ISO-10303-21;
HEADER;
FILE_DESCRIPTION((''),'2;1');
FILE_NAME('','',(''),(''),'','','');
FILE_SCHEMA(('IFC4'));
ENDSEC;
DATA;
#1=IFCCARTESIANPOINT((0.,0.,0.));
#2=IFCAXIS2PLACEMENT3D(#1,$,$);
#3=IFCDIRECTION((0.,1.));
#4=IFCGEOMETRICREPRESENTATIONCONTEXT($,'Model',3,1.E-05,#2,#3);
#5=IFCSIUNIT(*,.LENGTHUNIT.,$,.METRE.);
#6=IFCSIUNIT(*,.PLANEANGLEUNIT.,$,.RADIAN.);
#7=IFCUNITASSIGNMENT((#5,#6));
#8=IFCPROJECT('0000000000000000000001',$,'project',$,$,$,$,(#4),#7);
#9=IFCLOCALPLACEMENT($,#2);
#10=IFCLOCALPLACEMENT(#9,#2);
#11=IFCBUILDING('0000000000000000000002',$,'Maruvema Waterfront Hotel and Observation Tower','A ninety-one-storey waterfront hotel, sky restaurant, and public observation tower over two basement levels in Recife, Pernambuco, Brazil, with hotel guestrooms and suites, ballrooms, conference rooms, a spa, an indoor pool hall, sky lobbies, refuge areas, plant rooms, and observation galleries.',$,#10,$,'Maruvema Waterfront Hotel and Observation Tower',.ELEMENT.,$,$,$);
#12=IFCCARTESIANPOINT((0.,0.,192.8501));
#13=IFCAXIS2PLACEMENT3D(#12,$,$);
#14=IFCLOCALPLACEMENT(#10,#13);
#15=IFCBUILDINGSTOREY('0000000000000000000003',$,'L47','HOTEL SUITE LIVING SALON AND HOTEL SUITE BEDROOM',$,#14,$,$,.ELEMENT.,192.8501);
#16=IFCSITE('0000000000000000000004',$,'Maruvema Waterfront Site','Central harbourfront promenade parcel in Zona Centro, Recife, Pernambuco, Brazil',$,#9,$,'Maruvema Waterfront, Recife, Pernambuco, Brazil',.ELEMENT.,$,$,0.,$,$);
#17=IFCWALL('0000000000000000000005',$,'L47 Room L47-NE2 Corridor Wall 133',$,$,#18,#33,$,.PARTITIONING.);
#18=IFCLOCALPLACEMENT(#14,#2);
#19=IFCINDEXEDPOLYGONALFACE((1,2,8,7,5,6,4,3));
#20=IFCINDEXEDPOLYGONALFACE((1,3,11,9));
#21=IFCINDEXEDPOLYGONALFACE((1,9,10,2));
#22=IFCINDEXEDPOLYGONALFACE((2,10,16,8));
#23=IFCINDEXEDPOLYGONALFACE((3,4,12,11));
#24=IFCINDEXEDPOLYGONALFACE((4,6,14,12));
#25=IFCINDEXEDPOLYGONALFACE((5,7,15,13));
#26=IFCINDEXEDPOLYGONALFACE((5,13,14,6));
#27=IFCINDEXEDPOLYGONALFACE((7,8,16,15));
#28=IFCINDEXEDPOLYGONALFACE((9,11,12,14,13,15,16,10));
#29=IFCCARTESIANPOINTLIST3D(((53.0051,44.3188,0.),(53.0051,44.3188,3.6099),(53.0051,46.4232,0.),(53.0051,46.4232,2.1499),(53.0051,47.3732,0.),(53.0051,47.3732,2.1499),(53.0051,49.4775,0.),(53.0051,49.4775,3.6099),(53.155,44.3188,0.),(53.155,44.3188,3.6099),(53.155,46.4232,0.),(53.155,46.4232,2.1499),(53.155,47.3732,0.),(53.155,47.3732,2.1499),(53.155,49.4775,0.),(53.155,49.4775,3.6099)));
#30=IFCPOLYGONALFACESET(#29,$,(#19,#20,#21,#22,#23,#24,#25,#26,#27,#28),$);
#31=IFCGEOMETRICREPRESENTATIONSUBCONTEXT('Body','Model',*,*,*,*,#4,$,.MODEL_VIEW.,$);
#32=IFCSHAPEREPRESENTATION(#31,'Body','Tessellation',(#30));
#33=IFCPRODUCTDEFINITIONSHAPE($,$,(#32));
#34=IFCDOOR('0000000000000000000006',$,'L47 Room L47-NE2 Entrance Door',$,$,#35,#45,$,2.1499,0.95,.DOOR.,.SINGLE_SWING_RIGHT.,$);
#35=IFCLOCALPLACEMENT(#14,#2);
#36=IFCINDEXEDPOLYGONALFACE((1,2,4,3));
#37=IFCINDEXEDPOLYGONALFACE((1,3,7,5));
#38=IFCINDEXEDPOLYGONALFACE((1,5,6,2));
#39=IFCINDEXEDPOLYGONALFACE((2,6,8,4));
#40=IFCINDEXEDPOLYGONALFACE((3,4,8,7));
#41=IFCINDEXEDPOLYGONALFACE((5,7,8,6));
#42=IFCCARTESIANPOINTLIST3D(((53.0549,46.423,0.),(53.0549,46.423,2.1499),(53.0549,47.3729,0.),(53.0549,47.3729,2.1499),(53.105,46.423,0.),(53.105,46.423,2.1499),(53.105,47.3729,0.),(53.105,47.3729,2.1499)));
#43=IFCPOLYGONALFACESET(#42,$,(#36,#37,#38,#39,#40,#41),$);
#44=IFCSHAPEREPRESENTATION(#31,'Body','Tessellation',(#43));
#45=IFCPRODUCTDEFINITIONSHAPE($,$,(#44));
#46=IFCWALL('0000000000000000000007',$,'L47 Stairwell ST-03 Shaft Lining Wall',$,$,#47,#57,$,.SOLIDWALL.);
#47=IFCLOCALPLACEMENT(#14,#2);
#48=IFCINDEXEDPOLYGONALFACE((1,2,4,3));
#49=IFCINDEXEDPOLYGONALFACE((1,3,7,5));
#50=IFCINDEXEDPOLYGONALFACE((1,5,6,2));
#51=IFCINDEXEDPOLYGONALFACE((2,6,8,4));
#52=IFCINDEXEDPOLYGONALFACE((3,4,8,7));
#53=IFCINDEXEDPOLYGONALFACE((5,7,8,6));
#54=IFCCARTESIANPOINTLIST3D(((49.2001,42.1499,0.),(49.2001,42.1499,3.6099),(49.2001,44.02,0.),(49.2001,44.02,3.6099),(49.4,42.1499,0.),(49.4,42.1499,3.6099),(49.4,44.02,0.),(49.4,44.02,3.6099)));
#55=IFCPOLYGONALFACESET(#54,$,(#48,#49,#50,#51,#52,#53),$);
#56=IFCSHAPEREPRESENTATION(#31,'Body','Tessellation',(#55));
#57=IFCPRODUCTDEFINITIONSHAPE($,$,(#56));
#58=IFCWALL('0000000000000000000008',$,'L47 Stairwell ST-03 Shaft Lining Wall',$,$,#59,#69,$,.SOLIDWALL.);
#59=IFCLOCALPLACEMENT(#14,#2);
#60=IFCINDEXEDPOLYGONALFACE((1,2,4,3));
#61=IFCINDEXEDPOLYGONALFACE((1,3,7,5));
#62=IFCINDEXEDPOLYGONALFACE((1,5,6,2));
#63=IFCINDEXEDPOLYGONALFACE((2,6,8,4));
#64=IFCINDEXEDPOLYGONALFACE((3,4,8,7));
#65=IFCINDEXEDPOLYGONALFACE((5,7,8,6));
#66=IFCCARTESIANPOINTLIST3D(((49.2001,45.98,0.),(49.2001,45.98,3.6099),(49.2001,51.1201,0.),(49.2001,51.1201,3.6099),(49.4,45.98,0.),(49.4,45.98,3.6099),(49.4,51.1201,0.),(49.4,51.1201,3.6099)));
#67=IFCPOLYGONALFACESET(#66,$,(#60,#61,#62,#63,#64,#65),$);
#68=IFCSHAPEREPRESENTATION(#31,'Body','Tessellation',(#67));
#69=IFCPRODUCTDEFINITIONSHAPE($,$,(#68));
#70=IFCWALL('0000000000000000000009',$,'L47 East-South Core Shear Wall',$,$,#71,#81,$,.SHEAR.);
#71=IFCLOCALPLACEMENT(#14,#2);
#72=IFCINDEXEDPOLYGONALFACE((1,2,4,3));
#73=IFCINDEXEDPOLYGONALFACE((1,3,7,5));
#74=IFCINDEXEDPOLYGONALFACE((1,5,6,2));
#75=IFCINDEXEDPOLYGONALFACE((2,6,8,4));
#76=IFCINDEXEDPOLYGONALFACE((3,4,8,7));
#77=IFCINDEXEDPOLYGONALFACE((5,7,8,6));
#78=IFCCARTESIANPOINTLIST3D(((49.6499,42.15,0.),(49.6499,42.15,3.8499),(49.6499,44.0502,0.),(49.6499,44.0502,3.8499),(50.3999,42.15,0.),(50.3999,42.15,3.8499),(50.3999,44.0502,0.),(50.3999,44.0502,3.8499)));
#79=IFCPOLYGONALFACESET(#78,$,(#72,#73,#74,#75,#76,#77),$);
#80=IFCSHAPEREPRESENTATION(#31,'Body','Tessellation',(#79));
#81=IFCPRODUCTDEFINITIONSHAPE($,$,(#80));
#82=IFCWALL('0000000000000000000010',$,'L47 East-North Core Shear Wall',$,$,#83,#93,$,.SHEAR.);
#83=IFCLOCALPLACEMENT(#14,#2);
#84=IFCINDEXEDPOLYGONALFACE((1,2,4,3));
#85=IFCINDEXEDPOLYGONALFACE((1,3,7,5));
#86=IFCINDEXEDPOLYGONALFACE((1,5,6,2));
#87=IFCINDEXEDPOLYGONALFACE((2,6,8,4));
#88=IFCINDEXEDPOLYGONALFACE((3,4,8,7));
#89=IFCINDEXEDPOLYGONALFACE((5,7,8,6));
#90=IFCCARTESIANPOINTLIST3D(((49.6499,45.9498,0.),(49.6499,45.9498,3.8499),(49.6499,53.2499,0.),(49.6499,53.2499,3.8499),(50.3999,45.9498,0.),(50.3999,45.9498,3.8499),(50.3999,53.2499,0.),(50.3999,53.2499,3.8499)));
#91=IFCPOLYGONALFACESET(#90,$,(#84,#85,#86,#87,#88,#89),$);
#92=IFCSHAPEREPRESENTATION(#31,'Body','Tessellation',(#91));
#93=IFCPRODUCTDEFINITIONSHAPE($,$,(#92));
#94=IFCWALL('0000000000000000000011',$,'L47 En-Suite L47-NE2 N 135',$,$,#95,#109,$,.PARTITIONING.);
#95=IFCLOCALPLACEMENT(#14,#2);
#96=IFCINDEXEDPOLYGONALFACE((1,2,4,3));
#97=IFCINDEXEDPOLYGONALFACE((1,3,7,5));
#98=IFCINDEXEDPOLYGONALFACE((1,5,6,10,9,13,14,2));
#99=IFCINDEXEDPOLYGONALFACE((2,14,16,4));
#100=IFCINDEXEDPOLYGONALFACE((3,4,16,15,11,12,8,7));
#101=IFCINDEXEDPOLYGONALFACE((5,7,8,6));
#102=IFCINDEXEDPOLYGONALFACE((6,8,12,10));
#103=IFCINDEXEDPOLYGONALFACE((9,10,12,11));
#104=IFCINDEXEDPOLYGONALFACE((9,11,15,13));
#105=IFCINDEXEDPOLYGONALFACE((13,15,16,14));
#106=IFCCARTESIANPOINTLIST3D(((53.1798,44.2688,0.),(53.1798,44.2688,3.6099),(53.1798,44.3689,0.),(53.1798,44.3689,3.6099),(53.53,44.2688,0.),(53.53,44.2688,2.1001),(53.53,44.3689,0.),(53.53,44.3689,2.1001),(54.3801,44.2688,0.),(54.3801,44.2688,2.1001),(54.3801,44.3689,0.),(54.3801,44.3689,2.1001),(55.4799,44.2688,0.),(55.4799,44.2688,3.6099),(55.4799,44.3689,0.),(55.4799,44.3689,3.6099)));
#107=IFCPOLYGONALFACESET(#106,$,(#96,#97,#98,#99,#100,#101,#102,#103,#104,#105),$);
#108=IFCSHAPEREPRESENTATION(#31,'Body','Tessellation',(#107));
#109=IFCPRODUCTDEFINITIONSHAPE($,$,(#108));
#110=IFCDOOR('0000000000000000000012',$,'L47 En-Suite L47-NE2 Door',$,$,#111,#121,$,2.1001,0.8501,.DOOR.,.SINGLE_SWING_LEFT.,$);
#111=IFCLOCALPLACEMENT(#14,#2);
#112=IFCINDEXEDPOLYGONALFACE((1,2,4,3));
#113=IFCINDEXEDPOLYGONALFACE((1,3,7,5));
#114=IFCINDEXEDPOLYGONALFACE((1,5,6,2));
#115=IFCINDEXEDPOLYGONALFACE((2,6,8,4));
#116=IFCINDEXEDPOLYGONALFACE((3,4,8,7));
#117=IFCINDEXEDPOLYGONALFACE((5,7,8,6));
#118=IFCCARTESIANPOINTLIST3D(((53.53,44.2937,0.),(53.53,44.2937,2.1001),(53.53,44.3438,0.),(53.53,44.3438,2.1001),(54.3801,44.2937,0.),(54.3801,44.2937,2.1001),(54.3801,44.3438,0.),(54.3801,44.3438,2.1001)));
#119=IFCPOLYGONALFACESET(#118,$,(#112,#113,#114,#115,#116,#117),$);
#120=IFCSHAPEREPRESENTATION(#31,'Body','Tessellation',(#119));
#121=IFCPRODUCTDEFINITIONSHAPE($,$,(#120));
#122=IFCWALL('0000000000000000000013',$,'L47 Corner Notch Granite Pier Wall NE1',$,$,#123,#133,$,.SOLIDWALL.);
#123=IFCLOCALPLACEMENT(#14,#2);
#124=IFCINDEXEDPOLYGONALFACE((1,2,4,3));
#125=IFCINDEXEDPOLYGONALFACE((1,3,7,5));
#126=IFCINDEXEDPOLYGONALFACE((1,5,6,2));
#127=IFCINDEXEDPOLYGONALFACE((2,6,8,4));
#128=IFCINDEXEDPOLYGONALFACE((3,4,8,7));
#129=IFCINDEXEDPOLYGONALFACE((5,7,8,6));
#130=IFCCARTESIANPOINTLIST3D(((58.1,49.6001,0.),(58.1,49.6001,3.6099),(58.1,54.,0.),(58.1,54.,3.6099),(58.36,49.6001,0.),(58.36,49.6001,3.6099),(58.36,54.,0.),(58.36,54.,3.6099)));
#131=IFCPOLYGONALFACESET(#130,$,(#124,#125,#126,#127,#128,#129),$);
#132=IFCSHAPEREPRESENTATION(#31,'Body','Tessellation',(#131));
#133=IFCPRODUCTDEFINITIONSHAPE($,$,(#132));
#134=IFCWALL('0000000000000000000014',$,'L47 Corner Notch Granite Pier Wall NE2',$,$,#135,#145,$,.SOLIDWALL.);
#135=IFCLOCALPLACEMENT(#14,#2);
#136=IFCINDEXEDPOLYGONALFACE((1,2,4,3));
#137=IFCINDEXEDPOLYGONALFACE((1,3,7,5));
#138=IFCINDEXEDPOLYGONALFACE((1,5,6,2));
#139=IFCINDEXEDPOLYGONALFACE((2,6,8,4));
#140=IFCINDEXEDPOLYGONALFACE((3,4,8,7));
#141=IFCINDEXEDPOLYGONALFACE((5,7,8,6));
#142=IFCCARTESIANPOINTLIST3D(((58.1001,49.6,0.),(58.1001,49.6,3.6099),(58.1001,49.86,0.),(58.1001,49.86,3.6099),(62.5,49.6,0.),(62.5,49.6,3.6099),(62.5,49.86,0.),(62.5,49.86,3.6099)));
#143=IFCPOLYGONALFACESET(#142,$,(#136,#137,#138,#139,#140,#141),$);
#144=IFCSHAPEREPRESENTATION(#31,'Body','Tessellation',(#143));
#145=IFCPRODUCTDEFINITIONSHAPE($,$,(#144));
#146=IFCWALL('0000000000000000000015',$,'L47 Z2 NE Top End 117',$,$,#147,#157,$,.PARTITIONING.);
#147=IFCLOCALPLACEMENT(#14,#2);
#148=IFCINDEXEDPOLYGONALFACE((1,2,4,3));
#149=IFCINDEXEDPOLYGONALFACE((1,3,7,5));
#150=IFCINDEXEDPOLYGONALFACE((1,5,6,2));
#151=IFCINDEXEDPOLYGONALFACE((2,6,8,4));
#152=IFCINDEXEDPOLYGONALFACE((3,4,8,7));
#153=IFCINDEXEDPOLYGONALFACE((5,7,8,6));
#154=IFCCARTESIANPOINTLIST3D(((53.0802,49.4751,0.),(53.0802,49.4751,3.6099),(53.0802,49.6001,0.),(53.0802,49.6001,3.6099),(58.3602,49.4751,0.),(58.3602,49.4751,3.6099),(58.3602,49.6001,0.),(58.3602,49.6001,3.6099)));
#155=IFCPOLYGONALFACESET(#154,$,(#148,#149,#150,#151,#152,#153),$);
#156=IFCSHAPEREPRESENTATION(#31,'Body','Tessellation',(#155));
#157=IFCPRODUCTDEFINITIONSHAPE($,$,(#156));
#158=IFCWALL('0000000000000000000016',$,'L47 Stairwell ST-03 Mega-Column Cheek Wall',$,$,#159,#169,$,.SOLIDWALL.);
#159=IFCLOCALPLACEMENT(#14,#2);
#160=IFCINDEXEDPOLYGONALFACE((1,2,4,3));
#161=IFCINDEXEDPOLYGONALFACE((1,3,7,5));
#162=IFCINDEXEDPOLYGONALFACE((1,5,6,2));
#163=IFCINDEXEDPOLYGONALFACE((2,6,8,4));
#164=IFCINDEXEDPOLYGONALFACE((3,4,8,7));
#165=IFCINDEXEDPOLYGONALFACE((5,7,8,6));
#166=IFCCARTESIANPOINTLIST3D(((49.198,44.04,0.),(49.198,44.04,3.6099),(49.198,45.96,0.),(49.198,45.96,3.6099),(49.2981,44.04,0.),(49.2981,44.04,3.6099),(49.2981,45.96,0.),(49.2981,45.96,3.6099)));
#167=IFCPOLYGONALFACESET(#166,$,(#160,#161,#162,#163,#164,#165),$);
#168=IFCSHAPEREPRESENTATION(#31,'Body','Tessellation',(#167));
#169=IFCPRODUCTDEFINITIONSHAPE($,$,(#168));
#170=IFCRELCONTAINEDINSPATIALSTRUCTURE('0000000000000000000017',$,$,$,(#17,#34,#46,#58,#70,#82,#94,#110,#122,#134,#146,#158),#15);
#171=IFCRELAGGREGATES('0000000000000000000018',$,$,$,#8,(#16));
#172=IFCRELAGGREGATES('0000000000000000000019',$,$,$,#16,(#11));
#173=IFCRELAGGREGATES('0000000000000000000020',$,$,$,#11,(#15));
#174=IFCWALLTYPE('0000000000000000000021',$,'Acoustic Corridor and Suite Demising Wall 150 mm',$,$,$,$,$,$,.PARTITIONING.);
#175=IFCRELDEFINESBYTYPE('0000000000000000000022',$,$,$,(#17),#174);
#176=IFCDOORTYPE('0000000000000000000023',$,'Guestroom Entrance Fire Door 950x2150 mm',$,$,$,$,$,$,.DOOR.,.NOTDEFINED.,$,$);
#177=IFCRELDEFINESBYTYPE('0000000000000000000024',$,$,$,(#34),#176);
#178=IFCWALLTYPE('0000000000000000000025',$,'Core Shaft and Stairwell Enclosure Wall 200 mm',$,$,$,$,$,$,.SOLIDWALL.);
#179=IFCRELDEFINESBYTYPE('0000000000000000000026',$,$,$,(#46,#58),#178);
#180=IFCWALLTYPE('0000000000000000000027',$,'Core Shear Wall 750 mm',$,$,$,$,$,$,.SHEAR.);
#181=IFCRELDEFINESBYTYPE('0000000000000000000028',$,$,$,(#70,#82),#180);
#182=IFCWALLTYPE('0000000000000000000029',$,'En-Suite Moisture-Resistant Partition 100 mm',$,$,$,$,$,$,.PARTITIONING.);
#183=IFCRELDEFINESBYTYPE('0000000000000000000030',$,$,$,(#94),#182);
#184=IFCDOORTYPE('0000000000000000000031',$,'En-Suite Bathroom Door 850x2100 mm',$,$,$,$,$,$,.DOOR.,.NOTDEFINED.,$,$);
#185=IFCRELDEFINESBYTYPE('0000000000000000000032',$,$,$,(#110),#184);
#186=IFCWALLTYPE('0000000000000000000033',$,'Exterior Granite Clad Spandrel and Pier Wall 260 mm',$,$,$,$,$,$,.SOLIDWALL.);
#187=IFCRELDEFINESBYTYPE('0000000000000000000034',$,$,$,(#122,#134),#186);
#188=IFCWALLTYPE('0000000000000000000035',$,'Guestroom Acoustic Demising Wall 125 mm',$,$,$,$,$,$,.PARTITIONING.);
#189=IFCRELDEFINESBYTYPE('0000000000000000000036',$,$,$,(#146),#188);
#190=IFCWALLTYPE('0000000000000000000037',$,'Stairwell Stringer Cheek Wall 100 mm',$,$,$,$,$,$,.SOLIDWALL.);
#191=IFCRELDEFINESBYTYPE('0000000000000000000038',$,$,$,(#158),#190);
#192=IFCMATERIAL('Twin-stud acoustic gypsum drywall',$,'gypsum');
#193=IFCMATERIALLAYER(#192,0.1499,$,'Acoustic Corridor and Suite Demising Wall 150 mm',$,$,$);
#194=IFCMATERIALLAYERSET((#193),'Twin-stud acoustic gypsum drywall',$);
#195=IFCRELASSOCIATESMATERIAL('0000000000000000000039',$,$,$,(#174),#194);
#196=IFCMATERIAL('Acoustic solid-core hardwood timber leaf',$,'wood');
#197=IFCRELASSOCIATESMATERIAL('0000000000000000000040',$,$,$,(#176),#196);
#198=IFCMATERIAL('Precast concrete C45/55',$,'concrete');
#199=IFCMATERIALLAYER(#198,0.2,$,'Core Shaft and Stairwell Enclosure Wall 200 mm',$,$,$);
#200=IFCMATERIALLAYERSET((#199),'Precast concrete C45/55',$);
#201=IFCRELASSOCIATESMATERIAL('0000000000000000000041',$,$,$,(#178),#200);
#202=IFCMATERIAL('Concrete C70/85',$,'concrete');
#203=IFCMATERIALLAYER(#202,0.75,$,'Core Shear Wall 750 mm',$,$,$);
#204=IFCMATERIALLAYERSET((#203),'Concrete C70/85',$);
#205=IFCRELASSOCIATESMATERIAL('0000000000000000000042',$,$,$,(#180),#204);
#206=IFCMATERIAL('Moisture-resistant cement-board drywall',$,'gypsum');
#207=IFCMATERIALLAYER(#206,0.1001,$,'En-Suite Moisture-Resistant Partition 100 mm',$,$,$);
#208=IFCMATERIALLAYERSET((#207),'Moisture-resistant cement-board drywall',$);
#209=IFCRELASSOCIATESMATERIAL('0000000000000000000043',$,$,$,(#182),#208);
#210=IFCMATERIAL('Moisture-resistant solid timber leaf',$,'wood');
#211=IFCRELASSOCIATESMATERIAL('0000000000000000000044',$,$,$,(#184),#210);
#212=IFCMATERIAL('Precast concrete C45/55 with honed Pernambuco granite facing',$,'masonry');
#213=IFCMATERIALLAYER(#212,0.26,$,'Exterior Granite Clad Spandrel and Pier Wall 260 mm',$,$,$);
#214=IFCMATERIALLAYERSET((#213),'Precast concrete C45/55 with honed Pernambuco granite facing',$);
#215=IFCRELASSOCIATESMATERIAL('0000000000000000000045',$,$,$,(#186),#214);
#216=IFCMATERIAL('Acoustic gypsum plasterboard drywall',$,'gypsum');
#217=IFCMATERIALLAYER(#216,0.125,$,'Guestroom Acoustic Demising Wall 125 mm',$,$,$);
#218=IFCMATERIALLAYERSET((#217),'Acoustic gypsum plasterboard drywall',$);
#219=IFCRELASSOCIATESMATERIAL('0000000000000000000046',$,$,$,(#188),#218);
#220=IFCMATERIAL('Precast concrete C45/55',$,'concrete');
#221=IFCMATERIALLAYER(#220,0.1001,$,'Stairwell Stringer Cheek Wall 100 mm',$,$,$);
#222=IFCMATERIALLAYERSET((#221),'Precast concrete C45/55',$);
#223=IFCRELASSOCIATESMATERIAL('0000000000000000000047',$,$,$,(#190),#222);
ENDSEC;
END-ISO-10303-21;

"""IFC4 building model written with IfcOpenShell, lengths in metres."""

from ifc_helpers import new_model, si_unit, direction, frame, frame_2d, origin, place, context, subcontext, project, spatial, rectangle, extrude, material, layer, layer_set, type_object, element, fill, save


model = new_model("IFC4")

# Units and contexts
model_context = context("Model", 3, precision=1e-05, world=origin(), true_north=direction((0.0, 1.0)))
body_context = subcontext(model_context, "Body", "Model", "MODEL_VIEW")
ifc_project = project(units=[si_unit("LENGTHUNIT", "METRE"), si_unit("PLANEANGLEUNIT", "RADIAN")], contexts=[model_context])

# Site, building, storey
site_placement = place(None, origin())
site = spatial("IfcSite", under=ifc_project, at=site_placement, Name="Maruvema Waterfront Site", Description="Central harbourfront promenade parcel in Zona Centro, Recife, Pernambuco, Brazil", LongName="Maruvema Waterfront, Recife, Pernambuco, Brazil", CompositionType="ELEMENT", RefElevation=0.0)
building_placement = place(site_placement, origin())
building = spatial("IfcBuilding", under=site, at=building_placement, Name="Maruvema Waterfront Hotel and Observation Tower", Description="A ninety-one-storey waterfront hotel, sky restaurant, and public observation tower over two basement levels in Recife, Pernambuco, Brazil, with hotel guestrooms and suites, ballrooms, conference rooms, a spa, an indoor pool hall, sky lobbies, refuge areas, plant rooms, and observation galleries.", LongName="Maruvema Waterfront Hotel and Observation Tower", CompositionType="ELEMENT")
storey_placement = place(building_placement, frame((0.0, 0.0, 192.8501)))
storey = spatial("IfcBuildingStorey", under=building, at=storey_placement, Name="L47", Description="HOTEL SUITE LIVING SALON AND HOTEL SUITE BEDROOM", CompositionType="ELEMENT", Elevation=192.8501)

# Wall, opening, door
ifc_material_1 = material(Name="Twin-stud acoustic gypsum drywall", Category="gypsum")
ifc_layer_1 = layer(ifc_material_1, 0.1499, Name="Acoustic Corridor and Suite Demising Wall 150 mm")
ifc_layer_set_1 = layer_set([ifc_layer_1], Name="Twin-stud acoustic gypsum drywall")
wall_type_1 = type_object("IfcWallType", Name="Acoustic Corridor and Suite Demising Wall 150 mm", PredefinedType="PARTITIONING", material=ifc_layer_set_1)
wall_1_placement = place(storey_placement, frame((53.0801, 44.3188, 0.0), z_axis=(0.0, 0.0, 1.0), x_axis=(0.0, 1.0, 0.0)))
wall_1 = element("IfcWall", 1, at=wall_1_placement, inside=storey, type_object=wall_type_1, Name="L47 Room L47-NE2 Corridor Wall 133", PredefinedType="PARTITIONING", context=body_context, shape_type="SweptSolid", body=[
    extrude(rectangle(XDim=5.1587, YDim=0.1499, at=frame_2d((2.5793, 0.0))), origin(), (0.0, 0.0, 1.0), 3.6099),
])
opening_1_placement = place(wall_1_placement, frame((2.1042, 0.0, 0.0)))
opening_1 = element("IfcOpeningElement", 2, at=opening_1_placement, cuts=wall_1, PredefinedType="OPENING", context=body_context, shape_type="SweptSolid", body=[
    extrude(rectangle(XDim=0.95, YDim=2.1499, at=frame_2d((0.4751, 1.075))), frame((0.0, 0.085, 0.0), z_axis=(0.0, -1.0, 0.0), x_axis=(1.0, 0.0, 0.0)), (0.0, 0.0, 1.0), 0.1699),
])
ifc_material_2 = material(Name="Acoustic solid-core hardwood timber leaf", Category="wood")
door_type_1 = type_object("IfcDoorType", Name="Guestroom Entrance Fire Door 950x2150 mm", OperationType="NOTDEFINED", PredefinedType="DOOR", material=ifc_material_2)
door_1_placement = place(opening_1_placement, frame((0.95, 0.0, 0.0), z_axis=(0.0, 0.0, 1.0), x_axis=(-1.0, 0.0, 0.0)))
door_1 = element("IfcDoor", 3, at=door_1_placement, inside=storey, type_object=door_type_1, Name="L47 Room L47-NE2 Entrance Door", OperationType="SINGLE_SWING_RIGHT", OverallHeight=2.1499, OverallWidth=0.95, PredefinedType="DOOR", context=body_context, shape_type="SweptSolid", body=[
    extrude(rectangle(XDim=0.95, YDim=2.1499, at=frame_2d((0.4751, 1.075))), frame((0.0, 0.0249, 0.0), z_axis=(0.0, -1.0, 0.0), x_axis=(1.0, 0.0, 0.0)), (0.0, 0.0, 1.0), 0.05),
])
fill(opening_1, door_1)

# Walls
ifc_material_3 = material(Name="Precast concrete C45/55", Category="concrete")
ifc_layer_2 = layer(ifc_material_3, 0.2, Name="Core Shaft and Stairwell Enclosure Wall 200 mm")
ifc_layer_set_2 = layer_set([ifc_layer_2], Name="Precast concrete C45/55")
wall_type_2 = type_object("IfcWallType", Name="Core Shaft and Stairwell Enclosure Wall 200 mm", PredefinedType="SOLIDWALL", material=ifc_layer_set_2)
wall_2_placement = place(storey_placement, frame((49.3, 42.1499, 0.0), z_axis=(0.0, 0.0, 1.0), x_axis=(0.0, 1.0, 0.0)))
element("IfcWall", 4, at=wall_2_placement, inside=storey, type_object=wall_type_2, Name="L47 Stairwell ST-03 Shaft Lining Wall", PredefinedType="SOLIDWALL", context=body_context, shape_type="SweptSolid", body=[
    extrude(rectangle(XDim=1.8701, YDim=0.2, at=frame_2d((0.9351, 0.0))), origin(), (0.0, 0.0, 1.0), 3.6099),
])
wall_3_placement = place(storey_placement, frame((49.3, 45.98, 0.0), z_axis=(0.0, 0.0, 1.0), x_axis=(0.0, 1.0, 0.0)))
element("IfcWall", 5, at=wall_3_placement, inside=storey, type_object=wall_type_2, Name="L47 Stairwell ST-03 Shaft Lining Wall", PredefinedType="SOLIDWALL", context=body_context, shape_type="SweptSolid", body=[
    extrude(rectangle(XDim=5.1401, YDim=0.2, at=frame_2d((2.5701, 0.0))), origin(), (0.0, 0.0, 1.0), 3.6099),
])
ifc_material_4 = material(Name="Concrete C70/85", Category="concrete")
ifc_layer_3 = layer(ifc_material_4, 0.75, Name="Core Shear Wall 750 mm")
ifc_layer_set_3 = layer_set([ifc_layer_3], Name="Concrete C70/85")
wall_type_3 = type_object("IfcWallType", Name="Core Shear Wall 750 mm", PredefinedType="SHEAR", material=ifc_layer_set_3)
wall_4_placement = place(storey_placement, frame((50.0249, 42.1499, 0.0), z_axis=(0.0, 0.0, 1.0), x_axis=(0.0, 1.0, 0.0)))
element("IfcWall", 6, at=wall_4_placement, inside=storey, type_object=wall_type_3, Name="L47 East-South Core Shear Wall", PredefinedType="SHEAR", context=body_context, shape_type="SweptSolid", body=[
    extrude(rectangle(XDim=1.9001, YDim=0.75, at=frame_2d((0.9502, 0.0))), origin(), (0.0, 0.0, 1.0), 3.8499),
])
wall_5_placement = place(storey_placement, frame((50.0249, 45.95, 0.0), z_axis=(0.0, 0.0, 1.0), x_axis=(0.0, 1.0, 0.0)))
element("IfcWall", 7, at=wall_5_placement, inside=storey, type_object=wall_type_3, Name="L47 East-North Core Shear Wall", PredefinedType="SHEAR", context=body_context, shape_type="SweptSolid", body=[
    extrude(rectangle(XDim=7.3, YDim=0.75, at=frame_2d((3.6499, 0.0))), origin(), (0.0, 0.0, 1.0), 3.8499),
])

# Wall, opening, door
ifc_material_5 = material(Name="Moisture-resistant cement-board drywall", Category="gypsum")
ifc_layer_4 = layer(ifc_material_5, 0.1001, Name="En-Suite Moisture-Resistant Partition 100 mm")
ifc_layer_set_4 = layer_set([ifc_layer_4], Name="Moisture-resistant cement-board drywall")
wall_type_4 = type_object("IfcWallType", Name="En-Suite Moisture-Resistant Partition 100 mm", PredefinedType="PARTITIONING", material=ifc_layer_set_4)
wall_6_placement = place(storey_placement, frame((53.1799, 44.3188, 0.0), z_axis=(0.0, 0.0, 1.0), x_axis=(1.0, 0.0, 0.0)))
wall_6 = element("IfcWall", 8, at=wall_6_placement, inside=storey, type_object=wall_type_4, Name="L47 En-Suite L47-NE2 N 135", PredefinedType="PARTITIONING", context=body_context, shape_type="SweptSolid", body=[
    extrude(rectangle(XDim=2.3, YDim=0.1001, at=frame_2d((1.1499, 0.0))), origin(), (0.0, 0.0, 1.0), 3.6099),
])
opening_2_placement = place(wall_6_placement, frame((0.3501, 0.0, 0.0)))
opening_2 = element("IfcOpeningElement", 9, at=opening_2_placement, cuts=wall_6, PredefinedType="OPENING", context=body_context, shape_type="SweptSolid", body=[
    extrude(rectangle(XDim=0.8501, YDim=2.1001, at=frame_2d((0.425, 1.05))), frame((0.0, 0.0601, 0.0), z_axis=(0.0, -1.0, 0.0), x_axis=(1.0, 0.0, 0.0)), (0.0, 0.0, 1.0), 0.1201),
])
ifc_material_6 = material(Name="Moisture-resistant solid timber leaf", Category="wood")
door_type_2 = type_object("IfcDoorType", Name="En-Suite Bathroom Door 850x2100 mm", OperationType="NOTDEFINED", PredefinedType="DOOR", material=ifc_material_6)
door_2_placement = place(opening_2_placement, origin())
door_2 = element("IfcDoor", 10, at=door_2_placement, inside=storey, type_object=door_type_2, Name="L47 En-Suite L47-NE2 Door", OperationType="SINGLE_SWING_LEFT", OverallHeight=2.1001, OverallWidth=0.8501, PredefinedType="DOOR", context=body_context, shape_type="SweptSolid", body=[
    extrude(rectangle(XDim=0.8501, YDim=2.1001, at=frame_2d((0.425, 1.05))), frame((0.0, 0.0249, 0.0), z_axis=(0.0, -1.0, 0.0), x_axis=(1.0, 0.0, 0.0)), (0.0, 0.0, 1.0), 0.05),
])
fill(opening_2, door_2)

# Walls
ifc_material_7 = material(Name="Precast concrete C45/55 with honed Pernambuco granite facing", Category="masonry")
ifc_layer_5 = layer(ifc_material_7, 0.26, Name="Exterior Granite Clad Spandrel and Pier Wall 260 mm")
ifc_layer_set_5 = layer_set([ifc_layer_5], Name="Precast concrete C45/55 with honed Pernambuco granite facing")
wall_type_5 = type_object("IfcWallType", Name="Exterior Granite Clad Spandrel and Pier Wall 260 mm", PredefinedType="SOLIDWALL", material=ifc_layer_set_5)
for number, where, z_axis, x_axis, name in (
    (11, (58.23, 54.0, 0.0), (0.0, 0.0, 1.0), (0.0, -1.0, 0.0), "L47 Corner Notch Granite Pier Wall NE1"),
    (12, (58.1001, 49.73, 0.0), (0.0, 0.0, 1.0), (1.0, 0.0, 0.0), "L47 Corner Notch Granite Pier Wall NE2"),
):
    element("IfcWall", number, at=place(storey_placement, frame(where, z_axis=z_axis, x_axis=x_axis)), inside=storey, type_object=wall_type_5, Name=name, PredefinedType="SOLIDWALL", context=body_context, shape_type="SweptSolid", body=[
        extrude(rectangle(XDim=4.3999, YDim=0.26, at=frame_2d((2.2, 0.0))), origin(), (0.0, 0.0, 1.0), 3.6099),
    ])
ifc_material_8 = material(Name="Acoustic gypsum plasterboard drywall", Category="gypsum")
ifc_layer_6 = layer(ifc_material_8, 0.125, Name="Guestroom Acoustic Demising Wall 125 mm")
ifc_layer_set_6 = layer_set([ifc_layer_6], Name="Acoustic gypsum plasterboard drywall")
wall_type_6 = type_object("IfcWallType", Name="Guestroom Acoustic Demising Wall 125 mm", PredefinedType="PARTITIONING", material=ifc_layer_set_6)
wall_7_placement = place(storey_placement, frame((53.0801, 49.5376, 0.0), z_axis=(0.0, 0.0, 1.0), x_axis=(1.0, 0.0, 0.0)))
element("IfcWall", 13, at=wall_7_placement, inside=storey, type_object=wall_type_6, Name="L47 Z2 NE Top End 117", PredefinedType="PARTITIONING", context=body_context, shape_type="SweptSolid", body=[
    extrude(rectangle(XDim=5.28, YDim=0.125, at=frame_2d((2.6401, 0.0))), origin(), (0.0, 0.0, 1.0), 3.6099),
])
ifc_material_9 = material(Name="Precast concrete C45/55", Category="concrete")
ifc_layer_7 = layer(ifc_material_9, 0.1001, Name="Stairwell Stringer Cheek Wall 100 mm")
ifc_layer_set_7 = layer_set([ifc_layer_7], Name="Precast concrete C45/55")
wall_type_7 = type_object("IfcWallType", Name="Stairwell Stringer Cheek Wall 100 mm", PredefinedType="SOLIDWALL", material=ifc_layer_set_7)
wall_8_placement = place(storey_placement, frame((49.248, 44.04, 0.0), z_axis=(0.0, 0.0, 1.0), x_axis=(0.0, 1.0, 0.0)))
element("IfcWall", 14, at=wall_8_placement, inside=storey, type_object=wall_type_7, Name="L47 Stairwell ST-03 Mega-Column Cheek Wall", PredefinedType="SOLIDWALL", context=body_context, shape_type="SweptSolid", body=[
    extrude(rectangle(XDim=1.9199, YDim=0.1001, at=frame_2d((0.96, 0.0))), origin(), (0.0, 0.0, 1.0), 3.6099),
])

save(model, "model.ifc")
